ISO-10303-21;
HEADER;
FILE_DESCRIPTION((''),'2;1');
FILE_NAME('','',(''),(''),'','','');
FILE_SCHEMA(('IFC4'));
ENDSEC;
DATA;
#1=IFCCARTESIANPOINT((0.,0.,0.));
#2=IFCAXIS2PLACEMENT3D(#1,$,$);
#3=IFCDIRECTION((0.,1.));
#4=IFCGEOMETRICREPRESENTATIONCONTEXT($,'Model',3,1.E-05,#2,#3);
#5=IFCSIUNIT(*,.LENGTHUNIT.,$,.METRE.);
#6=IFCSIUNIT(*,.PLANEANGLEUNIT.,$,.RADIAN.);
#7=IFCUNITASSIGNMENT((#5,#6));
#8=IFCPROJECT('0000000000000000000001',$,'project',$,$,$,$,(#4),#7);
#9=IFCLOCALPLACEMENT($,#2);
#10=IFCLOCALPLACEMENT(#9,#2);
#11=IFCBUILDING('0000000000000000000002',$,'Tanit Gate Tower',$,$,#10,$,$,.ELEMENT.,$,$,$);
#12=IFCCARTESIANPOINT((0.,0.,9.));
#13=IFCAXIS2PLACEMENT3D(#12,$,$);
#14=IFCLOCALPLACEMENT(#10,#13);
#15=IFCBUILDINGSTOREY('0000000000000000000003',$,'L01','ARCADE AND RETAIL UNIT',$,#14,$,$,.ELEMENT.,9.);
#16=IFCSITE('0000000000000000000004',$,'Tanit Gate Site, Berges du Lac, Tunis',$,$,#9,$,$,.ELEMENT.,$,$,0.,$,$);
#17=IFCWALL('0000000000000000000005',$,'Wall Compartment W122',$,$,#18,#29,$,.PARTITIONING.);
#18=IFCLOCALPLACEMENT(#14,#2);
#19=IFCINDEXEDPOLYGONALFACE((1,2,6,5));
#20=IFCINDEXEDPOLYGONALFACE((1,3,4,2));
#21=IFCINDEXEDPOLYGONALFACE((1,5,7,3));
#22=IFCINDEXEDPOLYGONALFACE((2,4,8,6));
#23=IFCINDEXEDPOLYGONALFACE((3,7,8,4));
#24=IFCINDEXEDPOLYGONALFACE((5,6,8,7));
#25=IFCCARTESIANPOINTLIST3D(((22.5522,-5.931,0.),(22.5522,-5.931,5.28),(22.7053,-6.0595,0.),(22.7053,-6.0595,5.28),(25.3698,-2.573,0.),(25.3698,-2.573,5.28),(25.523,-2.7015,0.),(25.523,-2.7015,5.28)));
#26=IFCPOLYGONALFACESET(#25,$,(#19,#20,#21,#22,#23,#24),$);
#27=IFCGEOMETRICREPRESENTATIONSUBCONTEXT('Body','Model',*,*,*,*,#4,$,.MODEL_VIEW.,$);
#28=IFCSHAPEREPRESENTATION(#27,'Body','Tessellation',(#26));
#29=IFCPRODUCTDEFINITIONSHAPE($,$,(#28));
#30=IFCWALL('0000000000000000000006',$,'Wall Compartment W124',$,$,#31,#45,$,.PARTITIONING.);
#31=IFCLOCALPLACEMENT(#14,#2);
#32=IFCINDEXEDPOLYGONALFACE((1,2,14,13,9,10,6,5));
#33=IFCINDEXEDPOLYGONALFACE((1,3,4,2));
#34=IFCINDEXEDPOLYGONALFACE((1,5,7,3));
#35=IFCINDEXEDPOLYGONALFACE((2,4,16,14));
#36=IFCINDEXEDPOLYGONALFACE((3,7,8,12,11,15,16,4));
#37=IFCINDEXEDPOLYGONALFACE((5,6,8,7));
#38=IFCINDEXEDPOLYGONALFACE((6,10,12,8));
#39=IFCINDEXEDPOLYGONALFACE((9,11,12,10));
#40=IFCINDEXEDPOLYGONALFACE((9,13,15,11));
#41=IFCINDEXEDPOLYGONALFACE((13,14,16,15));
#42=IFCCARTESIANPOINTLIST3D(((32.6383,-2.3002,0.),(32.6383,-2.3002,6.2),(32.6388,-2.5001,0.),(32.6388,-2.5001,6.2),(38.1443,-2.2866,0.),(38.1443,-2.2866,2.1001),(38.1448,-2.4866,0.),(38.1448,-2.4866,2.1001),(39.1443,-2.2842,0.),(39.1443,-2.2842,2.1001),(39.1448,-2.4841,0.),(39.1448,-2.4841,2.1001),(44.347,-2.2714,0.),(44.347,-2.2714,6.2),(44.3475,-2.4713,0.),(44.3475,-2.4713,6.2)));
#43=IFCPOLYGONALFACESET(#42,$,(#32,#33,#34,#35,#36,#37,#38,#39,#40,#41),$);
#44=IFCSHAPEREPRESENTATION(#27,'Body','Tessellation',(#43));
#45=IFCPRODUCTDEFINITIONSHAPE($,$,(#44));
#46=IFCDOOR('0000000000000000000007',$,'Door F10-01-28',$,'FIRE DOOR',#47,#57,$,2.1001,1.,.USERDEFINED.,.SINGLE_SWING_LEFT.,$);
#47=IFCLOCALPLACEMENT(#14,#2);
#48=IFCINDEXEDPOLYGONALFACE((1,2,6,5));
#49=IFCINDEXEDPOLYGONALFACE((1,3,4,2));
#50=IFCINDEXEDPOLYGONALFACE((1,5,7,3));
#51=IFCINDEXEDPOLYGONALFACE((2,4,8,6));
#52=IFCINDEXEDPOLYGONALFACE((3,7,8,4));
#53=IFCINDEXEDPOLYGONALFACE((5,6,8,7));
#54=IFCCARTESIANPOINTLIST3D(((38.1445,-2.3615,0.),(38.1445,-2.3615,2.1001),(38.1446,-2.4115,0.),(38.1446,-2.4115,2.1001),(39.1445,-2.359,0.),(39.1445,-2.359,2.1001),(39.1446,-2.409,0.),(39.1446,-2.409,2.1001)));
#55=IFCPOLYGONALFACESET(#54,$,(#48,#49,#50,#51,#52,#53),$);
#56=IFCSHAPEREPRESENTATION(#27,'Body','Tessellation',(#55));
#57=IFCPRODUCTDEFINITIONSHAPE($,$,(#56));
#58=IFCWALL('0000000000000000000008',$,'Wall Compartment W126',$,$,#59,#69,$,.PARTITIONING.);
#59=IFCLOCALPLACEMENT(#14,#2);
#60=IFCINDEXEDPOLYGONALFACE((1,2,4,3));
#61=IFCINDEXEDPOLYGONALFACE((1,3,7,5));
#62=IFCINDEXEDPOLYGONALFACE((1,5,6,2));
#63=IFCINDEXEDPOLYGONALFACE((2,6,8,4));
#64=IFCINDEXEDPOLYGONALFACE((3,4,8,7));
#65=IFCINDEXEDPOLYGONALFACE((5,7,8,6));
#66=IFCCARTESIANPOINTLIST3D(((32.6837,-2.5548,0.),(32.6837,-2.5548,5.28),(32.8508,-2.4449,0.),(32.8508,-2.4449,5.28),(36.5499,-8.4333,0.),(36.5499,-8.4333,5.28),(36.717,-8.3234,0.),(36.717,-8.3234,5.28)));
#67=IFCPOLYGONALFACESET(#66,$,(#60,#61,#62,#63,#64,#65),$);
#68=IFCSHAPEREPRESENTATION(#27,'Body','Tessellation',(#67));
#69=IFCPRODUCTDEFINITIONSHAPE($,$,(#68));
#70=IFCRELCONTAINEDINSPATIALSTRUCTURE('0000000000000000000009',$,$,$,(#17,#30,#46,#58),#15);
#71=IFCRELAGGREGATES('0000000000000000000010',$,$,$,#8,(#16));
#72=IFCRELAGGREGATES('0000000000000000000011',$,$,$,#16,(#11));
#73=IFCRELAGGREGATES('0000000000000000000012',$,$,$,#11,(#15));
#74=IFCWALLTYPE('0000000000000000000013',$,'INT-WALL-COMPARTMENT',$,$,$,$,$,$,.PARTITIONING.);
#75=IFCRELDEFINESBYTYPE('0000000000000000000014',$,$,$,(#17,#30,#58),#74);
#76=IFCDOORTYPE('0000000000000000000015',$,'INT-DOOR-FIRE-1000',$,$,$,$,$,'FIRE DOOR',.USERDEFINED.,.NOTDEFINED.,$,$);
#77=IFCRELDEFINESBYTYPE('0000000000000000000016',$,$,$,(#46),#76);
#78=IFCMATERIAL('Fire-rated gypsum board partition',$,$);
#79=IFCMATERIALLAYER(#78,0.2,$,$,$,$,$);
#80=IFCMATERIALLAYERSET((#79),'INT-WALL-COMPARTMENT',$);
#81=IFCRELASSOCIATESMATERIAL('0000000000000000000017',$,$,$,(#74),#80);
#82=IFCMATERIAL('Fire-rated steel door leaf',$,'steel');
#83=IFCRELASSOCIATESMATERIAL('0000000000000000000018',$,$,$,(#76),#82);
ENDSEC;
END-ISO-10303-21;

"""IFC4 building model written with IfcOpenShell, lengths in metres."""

from ifc_helpers import new_model, si_unit, direction, frame, frame_2d, origin, place, context, subcontext, project, spatial, rectangle, extrude, material, layer, layer_set, type_object, element, fill, save


model = new_model("IFC4")

# Units and contexts
model_context = context("Model", 3, precision=1e-05, world=origin(), true_north=direction((0.0, 1.0)))
body_context = subcontext(model_context, "Body", "Model", "MODEL_VIEW")
ifc_project = project(units=[si_unit("LENGTHUNIT", "METRE"), si_unit("PLANEANGLEUNIT", "RADIAN")], contexts=[model_context])

# Site, building, storey
site_placement = place(None, origin())
site = spatial("IfcSite", under=ifc_project, at=site_placement, Name="Tanit Gate Site, Berges du Lac, Tunis", CompositionType="ELEMENT", RefElevation=0.0)
building_placement = place(site_placement, origin())
building = spatial("IfcBuilding", under=site, at=building_placement, Name="Tanit Gate Tower", CompositionType="ELEMENT")
storey_placement = place(building_placement, frame((0.0, 0.0, 9.0)))
storey = spatial("IfcBuildingStorey", under=building, at=storey_placement, Name="L01", Description="ARCADE AND RETAIL UNIT", CompositionType="ELEMENT", Elevation=9.0)

# Shared definitions
ifc_material_1 = material(Name="Fire-rated gypsum board partition")
ifc_layer_1 = layer(ifc_material_1, 0.2)
ifc_layer_set_1 = layer_set([ifc_layer_1], Name="INT-WALL-COMPARTMENT")
wall_type_1 = type_object("IfcWallType", Name="INT-WALL-COMPARTMENT", PredefinedType="PARTITIONING", material=ifc_layer_set_1)
ifc_material_2 = material(Name="Fire-rated steel door leaf", Category="steel")
door_type = type_object("IfcDoorType", Name="INT-DOOR-FIRE-1000", ElementType="FIRE DOOR", OperationType="NOTDEFINED", PredefinedType="USERDEFINED", material=ifc_material_2)

# Wall
wall_1_placement = place(storey_placement, frame((22.6287, -5.9954, 0.0), z_axis=(0.0, 0.0, 1.0), x_axis=(0.642788, 0.766044, 0.0)))
element("IfcWall", 1, at=wall_1_placement, inside=storey, type_object=wall_type_1, Name="Wall Compartment W122", PredefinedType="PARTITIONING", context=body_context, shape_type="SweptSolid", body=[
    extrude(rectangle(XDim=4.3835, YDim=0.2, at=frame_2d((2.1919, 0.0))), origin(), (0.0, 0.0, 1.0), 5.28),
])

# Wall, opening, door
wall_2_placement = place(storey_placement, frame((44.3474, -2.3713, 0.0), z_axis=(0.0, 0.0, 1.0), x_axis=(-0.999997, -0.00246, 0.0)))
wall_2 = element("IfcWall", 2, at=wall_2_placement, inside=storey, type_object=wall_type_1, Name="Wall Compartment W124", PredefinedType="PARTITIONING", context=body_context, shape_type="SweptSolid", body=[
    extrude(rectangle(XDim=11.7087, YDim=0.2, at=frame_2d((5.8545, 0.0))), origin(), (0.0, 0.0, 1.0), 6.2),
])
opening_1_placement = place(wall_2_placement, frame((5.2029, 0.0, 0.0)))
opening_1 = element("IfcOpeningElement", 3, at=opening_1_placement, cuts=wall_2, PredefinedType="OPENING", context=body_context, shape_type="SweptSolid", body=[
    extrude(rectangle(XDim=1.0, YDim=2.1001, at=frame_2d((0.5, 1.05))), frame((0.0, 0.1099, 0.0), z_axis=(0.0, -1.0, 0.0), x_axis=(1.0, 0.0, 0.0)), (0.0, 0.0, 1.0), 0.22),
])
door_1_placement = place(opening_1_placement, origin())
door_1 = element("IfcDoor", 4, at=door_1_placement, inside=storey, type_object=door_type, Name="Door F10-01-28", ObjectType="FIRE DOOR", OperationType="SINGLE_SWING_LEFT", OverallHeight=2.1001, OverallWidth=1.0, PredefinedType="USERDEFINED", context=body_context, shape_type="SweptSolid", body=[
    extrude(rectangle(XDim=1.0, YDim=2.1001, at=frame_2d((0.5, 1.05))), frame((0.0, 0.0249, 0.0), z_axis=(0.0, -1.0, 0.0), x_axis=(1.0, 0.0, 0.0)), (0.0, 0.0, 1.0), 0.05),
])
fill(opening_1, door_1)

# Wall
wall_3_placement = place(storey_placement, frame((36.6335, -8.3784, 0.0), z_axis=(0.0, 0.0, 1.0), x_axis=(-0.549501, 0.835493, 0.0)))
element("IfcWall", 5, at=wall_3_placement, inside=storey, type_object=wall_type_1, Name="Wall Compartment W126", PredefinedType="PARTITIONING", context=body_context, shape_type="SweptSolid", body=[
    extrude(rectangle(XDim=7.0359, YDim=0.2, at=frame_2d((3.5181, 0.0))), origin(), (0.0, 0.0, 1.0), 5.28),
])

save(model, "model.ifc")
